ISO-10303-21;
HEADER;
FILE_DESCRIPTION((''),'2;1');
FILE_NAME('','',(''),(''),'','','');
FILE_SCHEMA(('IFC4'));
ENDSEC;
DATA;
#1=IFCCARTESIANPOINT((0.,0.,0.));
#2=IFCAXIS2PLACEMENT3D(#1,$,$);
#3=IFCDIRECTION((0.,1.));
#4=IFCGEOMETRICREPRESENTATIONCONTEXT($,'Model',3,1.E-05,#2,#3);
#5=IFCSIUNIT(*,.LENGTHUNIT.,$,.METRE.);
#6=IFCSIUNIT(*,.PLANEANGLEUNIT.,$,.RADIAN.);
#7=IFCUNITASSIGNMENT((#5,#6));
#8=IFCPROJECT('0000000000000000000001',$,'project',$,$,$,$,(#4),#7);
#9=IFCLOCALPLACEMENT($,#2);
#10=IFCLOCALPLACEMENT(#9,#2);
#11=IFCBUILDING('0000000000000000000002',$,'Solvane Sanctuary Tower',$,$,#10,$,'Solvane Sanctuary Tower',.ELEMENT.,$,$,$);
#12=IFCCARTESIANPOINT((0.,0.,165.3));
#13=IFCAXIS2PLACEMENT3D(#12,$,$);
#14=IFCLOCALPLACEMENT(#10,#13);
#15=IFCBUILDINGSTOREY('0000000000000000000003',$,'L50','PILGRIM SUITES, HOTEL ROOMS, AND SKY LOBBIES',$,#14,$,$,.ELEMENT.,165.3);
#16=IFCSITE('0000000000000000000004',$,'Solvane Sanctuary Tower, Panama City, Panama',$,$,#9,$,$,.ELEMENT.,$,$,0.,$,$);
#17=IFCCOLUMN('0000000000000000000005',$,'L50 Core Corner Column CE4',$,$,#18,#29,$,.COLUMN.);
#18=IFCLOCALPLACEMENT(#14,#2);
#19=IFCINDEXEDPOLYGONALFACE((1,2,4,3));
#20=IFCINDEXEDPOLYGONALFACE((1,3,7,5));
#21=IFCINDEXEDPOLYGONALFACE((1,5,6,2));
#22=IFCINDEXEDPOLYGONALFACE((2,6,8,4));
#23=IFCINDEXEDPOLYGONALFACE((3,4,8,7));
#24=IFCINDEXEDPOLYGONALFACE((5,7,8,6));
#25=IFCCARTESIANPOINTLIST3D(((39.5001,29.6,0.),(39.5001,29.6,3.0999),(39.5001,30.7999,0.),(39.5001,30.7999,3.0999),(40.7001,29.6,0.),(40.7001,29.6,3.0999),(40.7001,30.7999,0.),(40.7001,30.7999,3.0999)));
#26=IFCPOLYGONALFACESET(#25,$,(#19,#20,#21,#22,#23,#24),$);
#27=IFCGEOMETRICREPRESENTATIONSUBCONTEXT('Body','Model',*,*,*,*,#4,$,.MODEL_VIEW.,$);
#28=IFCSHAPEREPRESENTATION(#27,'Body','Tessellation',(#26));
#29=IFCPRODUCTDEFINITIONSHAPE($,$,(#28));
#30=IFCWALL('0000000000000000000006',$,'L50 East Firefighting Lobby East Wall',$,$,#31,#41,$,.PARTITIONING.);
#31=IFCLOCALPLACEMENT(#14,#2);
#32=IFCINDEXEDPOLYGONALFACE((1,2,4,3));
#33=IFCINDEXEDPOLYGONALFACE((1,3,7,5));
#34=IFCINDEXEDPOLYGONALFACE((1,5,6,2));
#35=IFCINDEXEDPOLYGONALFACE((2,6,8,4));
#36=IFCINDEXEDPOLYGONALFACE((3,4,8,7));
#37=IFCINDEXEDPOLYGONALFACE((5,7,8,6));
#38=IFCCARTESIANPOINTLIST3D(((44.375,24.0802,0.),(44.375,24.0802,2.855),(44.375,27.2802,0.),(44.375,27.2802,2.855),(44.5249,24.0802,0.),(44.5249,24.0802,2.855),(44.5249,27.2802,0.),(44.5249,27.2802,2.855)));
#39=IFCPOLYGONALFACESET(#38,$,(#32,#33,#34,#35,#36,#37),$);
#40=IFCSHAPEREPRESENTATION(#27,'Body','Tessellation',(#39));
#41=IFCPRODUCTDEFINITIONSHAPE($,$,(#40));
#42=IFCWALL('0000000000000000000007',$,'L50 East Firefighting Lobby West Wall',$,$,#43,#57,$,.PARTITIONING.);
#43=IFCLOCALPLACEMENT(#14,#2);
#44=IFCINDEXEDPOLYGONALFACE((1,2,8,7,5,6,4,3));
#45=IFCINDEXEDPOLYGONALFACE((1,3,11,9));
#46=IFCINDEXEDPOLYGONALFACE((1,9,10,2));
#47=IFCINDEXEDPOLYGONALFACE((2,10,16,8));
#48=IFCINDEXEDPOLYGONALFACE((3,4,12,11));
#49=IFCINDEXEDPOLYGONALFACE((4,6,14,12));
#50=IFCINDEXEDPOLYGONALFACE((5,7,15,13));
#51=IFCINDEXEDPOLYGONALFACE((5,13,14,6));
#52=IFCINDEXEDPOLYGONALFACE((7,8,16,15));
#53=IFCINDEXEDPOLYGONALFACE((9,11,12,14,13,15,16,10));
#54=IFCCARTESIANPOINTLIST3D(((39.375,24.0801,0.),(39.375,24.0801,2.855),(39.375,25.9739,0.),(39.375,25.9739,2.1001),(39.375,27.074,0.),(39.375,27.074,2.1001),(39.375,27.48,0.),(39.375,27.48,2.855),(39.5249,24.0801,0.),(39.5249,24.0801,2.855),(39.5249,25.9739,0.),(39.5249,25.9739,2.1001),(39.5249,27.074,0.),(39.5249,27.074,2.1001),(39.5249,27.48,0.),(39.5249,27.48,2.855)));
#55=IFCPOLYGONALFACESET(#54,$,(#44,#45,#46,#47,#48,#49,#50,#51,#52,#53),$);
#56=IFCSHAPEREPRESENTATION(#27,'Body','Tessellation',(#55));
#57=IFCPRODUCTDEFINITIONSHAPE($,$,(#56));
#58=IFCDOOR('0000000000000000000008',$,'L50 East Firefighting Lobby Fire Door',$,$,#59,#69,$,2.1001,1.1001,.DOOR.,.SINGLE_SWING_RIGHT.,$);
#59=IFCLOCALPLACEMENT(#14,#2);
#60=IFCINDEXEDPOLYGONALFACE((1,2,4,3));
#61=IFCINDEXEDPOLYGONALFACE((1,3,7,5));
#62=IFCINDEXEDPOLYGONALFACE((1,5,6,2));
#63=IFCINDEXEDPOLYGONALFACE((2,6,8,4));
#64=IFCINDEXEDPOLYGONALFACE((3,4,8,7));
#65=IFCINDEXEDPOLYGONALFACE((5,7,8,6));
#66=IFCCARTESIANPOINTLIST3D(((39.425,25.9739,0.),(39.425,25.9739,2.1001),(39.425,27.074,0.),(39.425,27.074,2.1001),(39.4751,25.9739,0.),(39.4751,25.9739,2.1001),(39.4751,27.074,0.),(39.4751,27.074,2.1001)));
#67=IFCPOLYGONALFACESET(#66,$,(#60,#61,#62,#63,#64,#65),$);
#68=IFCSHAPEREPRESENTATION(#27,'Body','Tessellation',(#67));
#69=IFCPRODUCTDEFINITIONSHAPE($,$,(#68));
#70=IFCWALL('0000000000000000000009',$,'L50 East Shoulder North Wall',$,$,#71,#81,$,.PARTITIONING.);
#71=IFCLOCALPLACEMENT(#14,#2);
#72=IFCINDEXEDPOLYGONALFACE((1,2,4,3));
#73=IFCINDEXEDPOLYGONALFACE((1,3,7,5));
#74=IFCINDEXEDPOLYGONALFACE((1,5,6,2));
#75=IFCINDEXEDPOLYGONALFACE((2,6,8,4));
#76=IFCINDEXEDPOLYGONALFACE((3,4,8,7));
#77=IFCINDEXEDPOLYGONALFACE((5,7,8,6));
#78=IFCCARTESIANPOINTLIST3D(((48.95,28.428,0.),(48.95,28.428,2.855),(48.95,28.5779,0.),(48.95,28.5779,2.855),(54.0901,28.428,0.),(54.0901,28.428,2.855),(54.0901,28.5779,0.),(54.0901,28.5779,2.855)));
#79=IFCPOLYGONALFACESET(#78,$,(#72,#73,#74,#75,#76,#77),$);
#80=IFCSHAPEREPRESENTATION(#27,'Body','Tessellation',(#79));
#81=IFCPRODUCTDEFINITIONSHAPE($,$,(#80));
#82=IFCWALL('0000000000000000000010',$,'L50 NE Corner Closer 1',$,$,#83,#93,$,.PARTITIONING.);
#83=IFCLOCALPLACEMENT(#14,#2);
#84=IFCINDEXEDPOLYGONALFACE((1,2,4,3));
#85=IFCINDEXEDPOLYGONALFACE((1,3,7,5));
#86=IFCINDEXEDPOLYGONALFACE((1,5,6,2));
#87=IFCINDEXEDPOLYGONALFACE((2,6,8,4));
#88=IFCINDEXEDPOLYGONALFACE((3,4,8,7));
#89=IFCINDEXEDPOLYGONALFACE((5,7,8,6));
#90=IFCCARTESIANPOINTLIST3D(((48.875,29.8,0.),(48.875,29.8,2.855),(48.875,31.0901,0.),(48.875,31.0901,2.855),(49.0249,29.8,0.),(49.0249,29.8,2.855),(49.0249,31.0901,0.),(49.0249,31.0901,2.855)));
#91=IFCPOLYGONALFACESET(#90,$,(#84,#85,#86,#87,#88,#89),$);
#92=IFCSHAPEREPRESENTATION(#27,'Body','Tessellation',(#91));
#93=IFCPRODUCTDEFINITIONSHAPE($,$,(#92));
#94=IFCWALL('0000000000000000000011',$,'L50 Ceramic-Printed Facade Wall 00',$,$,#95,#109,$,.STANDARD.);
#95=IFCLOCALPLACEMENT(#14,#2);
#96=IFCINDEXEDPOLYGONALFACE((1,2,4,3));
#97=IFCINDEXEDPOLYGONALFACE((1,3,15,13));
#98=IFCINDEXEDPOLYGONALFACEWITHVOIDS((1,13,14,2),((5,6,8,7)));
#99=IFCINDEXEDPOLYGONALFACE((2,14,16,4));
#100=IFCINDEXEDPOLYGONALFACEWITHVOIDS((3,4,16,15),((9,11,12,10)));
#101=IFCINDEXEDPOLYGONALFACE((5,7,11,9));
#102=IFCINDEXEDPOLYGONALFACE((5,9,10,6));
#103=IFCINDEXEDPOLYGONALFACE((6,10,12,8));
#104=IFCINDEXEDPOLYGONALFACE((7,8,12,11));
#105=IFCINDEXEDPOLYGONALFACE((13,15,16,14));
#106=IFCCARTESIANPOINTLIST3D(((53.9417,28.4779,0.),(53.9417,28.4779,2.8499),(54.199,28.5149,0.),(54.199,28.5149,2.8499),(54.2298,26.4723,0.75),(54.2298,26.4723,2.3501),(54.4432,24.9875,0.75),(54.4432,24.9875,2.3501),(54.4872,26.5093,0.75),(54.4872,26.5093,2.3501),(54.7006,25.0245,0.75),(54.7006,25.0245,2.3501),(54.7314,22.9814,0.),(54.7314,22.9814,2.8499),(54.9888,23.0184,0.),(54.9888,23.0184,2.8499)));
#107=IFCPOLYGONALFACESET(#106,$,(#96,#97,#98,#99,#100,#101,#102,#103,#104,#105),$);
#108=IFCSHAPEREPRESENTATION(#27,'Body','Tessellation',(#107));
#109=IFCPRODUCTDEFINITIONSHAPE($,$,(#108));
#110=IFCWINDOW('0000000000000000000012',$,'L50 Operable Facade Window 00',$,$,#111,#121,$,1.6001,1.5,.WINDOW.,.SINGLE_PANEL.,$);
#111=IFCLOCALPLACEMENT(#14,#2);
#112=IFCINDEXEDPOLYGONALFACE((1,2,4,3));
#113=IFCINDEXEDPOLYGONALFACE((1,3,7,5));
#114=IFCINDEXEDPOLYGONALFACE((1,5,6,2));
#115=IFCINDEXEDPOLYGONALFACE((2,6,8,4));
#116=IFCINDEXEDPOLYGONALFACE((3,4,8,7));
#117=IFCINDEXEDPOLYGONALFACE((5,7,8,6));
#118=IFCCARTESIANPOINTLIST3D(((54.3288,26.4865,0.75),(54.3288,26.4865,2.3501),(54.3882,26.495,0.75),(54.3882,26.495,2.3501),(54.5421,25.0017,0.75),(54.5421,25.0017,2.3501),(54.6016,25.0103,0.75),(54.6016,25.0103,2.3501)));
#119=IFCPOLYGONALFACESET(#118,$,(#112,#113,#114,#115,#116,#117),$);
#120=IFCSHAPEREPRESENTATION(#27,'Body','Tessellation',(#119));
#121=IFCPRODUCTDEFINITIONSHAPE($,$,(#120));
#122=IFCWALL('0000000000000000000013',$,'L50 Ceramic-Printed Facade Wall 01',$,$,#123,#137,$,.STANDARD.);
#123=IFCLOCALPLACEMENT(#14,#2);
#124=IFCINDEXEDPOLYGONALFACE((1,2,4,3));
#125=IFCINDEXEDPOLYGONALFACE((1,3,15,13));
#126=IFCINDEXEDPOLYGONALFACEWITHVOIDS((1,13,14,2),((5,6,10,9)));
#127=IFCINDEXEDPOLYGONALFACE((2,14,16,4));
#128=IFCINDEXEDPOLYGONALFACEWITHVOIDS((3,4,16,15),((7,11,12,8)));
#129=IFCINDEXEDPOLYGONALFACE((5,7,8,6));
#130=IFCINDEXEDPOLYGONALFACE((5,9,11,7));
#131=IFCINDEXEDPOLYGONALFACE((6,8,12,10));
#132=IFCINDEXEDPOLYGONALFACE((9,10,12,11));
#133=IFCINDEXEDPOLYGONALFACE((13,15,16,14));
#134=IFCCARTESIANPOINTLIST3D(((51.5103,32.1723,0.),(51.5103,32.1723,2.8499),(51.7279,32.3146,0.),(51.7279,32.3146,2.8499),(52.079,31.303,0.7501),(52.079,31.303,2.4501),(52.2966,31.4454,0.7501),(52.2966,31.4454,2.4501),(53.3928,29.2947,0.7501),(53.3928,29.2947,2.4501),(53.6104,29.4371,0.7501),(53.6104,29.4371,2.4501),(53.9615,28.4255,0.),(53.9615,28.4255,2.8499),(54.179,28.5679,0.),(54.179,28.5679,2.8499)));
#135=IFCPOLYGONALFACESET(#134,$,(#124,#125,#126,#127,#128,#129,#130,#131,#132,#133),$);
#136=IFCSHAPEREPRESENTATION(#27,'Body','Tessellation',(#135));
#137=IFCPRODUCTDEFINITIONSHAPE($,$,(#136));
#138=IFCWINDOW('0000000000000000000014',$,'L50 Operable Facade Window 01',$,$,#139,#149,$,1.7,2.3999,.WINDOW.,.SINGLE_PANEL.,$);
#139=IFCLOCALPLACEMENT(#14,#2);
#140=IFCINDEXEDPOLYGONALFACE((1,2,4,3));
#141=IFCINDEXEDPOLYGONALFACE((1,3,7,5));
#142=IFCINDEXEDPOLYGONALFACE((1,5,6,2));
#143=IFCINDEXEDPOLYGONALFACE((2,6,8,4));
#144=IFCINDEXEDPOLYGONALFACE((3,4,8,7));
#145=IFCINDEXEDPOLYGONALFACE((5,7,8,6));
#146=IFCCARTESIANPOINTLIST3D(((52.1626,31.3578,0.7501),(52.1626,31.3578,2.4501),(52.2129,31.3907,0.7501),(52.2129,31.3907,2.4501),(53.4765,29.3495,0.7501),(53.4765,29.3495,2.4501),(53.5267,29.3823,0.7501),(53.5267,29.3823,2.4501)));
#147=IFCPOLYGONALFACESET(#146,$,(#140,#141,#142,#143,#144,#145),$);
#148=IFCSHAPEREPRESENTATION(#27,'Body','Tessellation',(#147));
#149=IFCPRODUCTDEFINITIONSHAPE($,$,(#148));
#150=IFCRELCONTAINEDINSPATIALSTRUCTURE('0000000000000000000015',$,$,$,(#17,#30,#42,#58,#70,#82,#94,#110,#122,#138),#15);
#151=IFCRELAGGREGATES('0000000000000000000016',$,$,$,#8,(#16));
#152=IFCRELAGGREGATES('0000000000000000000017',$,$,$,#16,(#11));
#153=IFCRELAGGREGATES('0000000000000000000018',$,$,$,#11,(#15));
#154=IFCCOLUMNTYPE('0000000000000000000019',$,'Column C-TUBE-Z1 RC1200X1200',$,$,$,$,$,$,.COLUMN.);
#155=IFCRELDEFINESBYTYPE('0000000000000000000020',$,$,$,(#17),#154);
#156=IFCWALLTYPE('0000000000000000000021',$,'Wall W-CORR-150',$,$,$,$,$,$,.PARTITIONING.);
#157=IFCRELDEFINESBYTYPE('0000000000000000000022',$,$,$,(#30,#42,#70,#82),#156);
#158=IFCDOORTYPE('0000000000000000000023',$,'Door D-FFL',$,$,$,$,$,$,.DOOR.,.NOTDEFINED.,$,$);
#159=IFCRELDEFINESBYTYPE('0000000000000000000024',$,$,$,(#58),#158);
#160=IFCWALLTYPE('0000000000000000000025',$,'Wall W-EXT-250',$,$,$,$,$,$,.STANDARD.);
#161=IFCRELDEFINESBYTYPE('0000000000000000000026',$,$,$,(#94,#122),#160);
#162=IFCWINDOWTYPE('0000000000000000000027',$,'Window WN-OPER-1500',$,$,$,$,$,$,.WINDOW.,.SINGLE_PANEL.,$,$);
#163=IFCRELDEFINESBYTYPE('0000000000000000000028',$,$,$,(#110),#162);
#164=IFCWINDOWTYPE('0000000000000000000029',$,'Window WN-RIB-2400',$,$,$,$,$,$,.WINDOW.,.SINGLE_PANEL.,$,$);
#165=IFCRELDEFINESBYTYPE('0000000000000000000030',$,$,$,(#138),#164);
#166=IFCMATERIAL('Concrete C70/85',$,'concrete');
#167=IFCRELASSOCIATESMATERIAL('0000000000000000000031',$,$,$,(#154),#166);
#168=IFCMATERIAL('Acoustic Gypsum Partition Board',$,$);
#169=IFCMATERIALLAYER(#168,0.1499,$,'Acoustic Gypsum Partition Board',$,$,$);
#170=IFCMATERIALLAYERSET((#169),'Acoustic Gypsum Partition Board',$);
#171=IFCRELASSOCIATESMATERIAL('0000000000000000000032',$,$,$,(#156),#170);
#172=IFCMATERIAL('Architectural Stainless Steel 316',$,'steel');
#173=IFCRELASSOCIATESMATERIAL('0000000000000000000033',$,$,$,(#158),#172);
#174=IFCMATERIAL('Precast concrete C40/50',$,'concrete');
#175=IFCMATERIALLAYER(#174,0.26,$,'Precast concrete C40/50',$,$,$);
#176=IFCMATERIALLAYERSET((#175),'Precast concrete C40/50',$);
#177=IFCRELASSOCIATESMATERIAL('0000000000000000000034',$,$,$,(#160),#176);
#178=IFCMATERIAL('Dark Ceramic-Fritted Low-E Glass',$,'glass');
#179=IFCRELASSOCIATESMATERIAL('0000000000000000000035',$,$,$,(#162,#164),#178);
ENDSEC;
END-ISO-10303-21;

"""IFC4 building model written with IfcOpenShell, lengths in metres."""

from ifc_helpers import new_model, si_unit, direction, frame, frame_2d, origin, origin_2d, place, context, subcontext, project, spatial, rectangle, extrude, material, layer, layer_set, material_profile, profile_set, type_object, element, fill, save


model = new_model("IFC4")

# Units and contexts
model_context = context("Model", 3, precision=1e-05, world=origin(), true_north=direction((0.0, 1.0)))
body_context = subcontext(model_context, "Body", "Model", "MODEL_VIEW")
ifc_project = project(units=[si_unit("LENGTHUNIT", "METRE"), si_unit("PLANEANGLEUNIT", "RADIAN")], contexts=[model_context])

# Site, building, storey
site_placement = place(None, origin())
site = spatial("IfcSite", under=ifc_project, at=site_placement, Name="Solvane Sanctuary Tower, Panama City, Panama", CompositionType="ELEMENT", RefElevation=0.0)
building_placement = place(site_placement, origin())
building = spatial("IfcBuilding", under=site, at=building_placement, Name="Solvane Sanctuary Tower", LongName="Solvane Sanctuary Tower", CompositionType="ELEMENT")
storey_placement = place(building_placement, frame((0.0, 0.0, 165.3)))
storey = spatial("IfcBuildingStorey", under=building, at=storey_placement, Name="L50", Description="PILGRIM SUITES, HOTEL ROOMS, AND SKY LOBBIES", CompositionType="ELEMENT", Elevation=165.3)

# Column
ifc_material_1 = material(Name="Concrete C70/85", Category="concrete")
ifc_material_profile = material_profile(ifc_material_1, rectangle(XDim=1.2, YDim=1.2, at=origin_2d()), Name="RC1200X1200")
ifc_profile_set = profile_set([ifc_material_profile], Name="Concrete C70/85")
column_type = type_object("IfcColumnType", Name="Column C-TUBE-Z1 RC1200X1200", PredefinedType="COLUMN", material=ifc_profile_set)
column_placement = place(storey_placement, frame((40.1001, 30.2, 0.0), z_axis=(0.0, 0.0, 1.0), x_axis=(1.0, 0.0, 0.0)))
element("IfcColumn", 1, at=column_placement, inside=storey, type_object=column_type, Name="L50 Core Corner Column CE4", PredefinedType="COLUMN", context=body_context, shape_type="SweptSolid", body=[
    extrude(rectangle(XDim=1.2, YDim=1.2, at=origin_2d()), origin(), (0.0, 0.0, 1.0), 3.0999),
])

# Wall
ifc_material_2 = material(Name="Acoustic Gypsum Partition Board")
ifc_layer_1 = layer(ifc_material_2, 0.1499, Name="Acoustic Gypsum Partition Board")
ifc_layer_set_1 = layer_set([ifc_layer_1], Name="Acoustic Gypsum Partition Board")
wall_type_1 = type_object("IfcWallType", Name="Wall W-CORR-150", PredefinedType="PARTITIONING", material=ifc_layer_set_1)
wall_1_placement = place(storey_placement, frame((44.45, 24.0801, 0.0), z_axis=(0.0, 0.0, 1.0), x_axis=(0.0, 1.0, 0.0)))
element("IfcWall", 2, at=wall_1_placement, inside=storey, type_object=wall_type_1, Name="L50 East Firefighting Lobby East Wall", PredefinedType="PARTITIONING", context=body_context, shape_type="SweptSolid", body=[
    extrude(rectangle(XDim=3.2, YDim=0.1499, at=frame_2d((1.6001, 0.0))), origin(), (0.0, 0.0, 1.0), 2.855),
])

# Wall, opening, door
wall_2_placement = place(storey_placement, frame((39.45, 24.0801, 0.0), z_axis=(0.0, 0.0, 1.0), x_axis=(0.0, 1.0, 0.0)))
wall_2 = element("IfcWall", 3, at=wall_2_placement, inside=storey, type_object=wall_type_1, Name="L50 East Firefighting Lobby West Wall", PredefinedType="PARTITIONING", context=body_context, shape_type="SweptSolid", body=[
    extrude(rectangle(XDim=3.3999, YDim=0.1499, at=frame_2d((1.7, 0.0))), origin(), (0.0, 0.0, 1.0), 2.855),
])
opening_1_placement = place(wall_2_placement, frame((1.8938, 0.0, 0.0)))
opening_1 = element("IfcOpeningElement", 4, at=opening_1_placement, cuts=wall_2, PredefinedType="OPENING", context=body_context, shape_type="SweptSolid", body=[
    extrude(rectangle(XDim=1.1001, YDim=2.1001, at=frame_2d((0.55, 1.05))), frame((0.0, 0.085, 0.0), z_axis=(0.0, -1.0, 0.0), x_axis=(1.0, 0.0, 0.0)), (0.0, 0.0, 1.0), 0.1699),
])
ifc_material_3 = material(Name="Architectural Stainless Steel 316", Category="steel")
door_type_1 = type_object("IfcDoorType", Name="Door D-FFL", OperationType="NOTDEFINED", PredefinedType="DOOR", material=ifc_material_3)
door_1_placement = place(opening_1_placement, origin())
door_1 = element("IfcDoor", 5, at=door_1_placement, inside=storey, type_object=door_type_1, Name="L50 East Firefighting Lobby Fire Door", OperationType="SINGLE_SWING_RIGHT", OverallHeight=2.1001, OverallWidth=1.1001, PredefinedType="DOOR", context=body_context, shape_type="SweptSolid", body=[
    extrude(rectangle(XDim=1.1001, YDim=2.1001, at=frame_2d((0.55, 1.05))), frame((0.0, 0.0249, 0.0), z_axis=(0.0, -1.0, 0.0), x_axis=(1.0, 0.0, 0.0)), (0.0, 0.0, 1.0), 0.05),
])
fill(opening_1, door_1)

# Walls
wall_3_placement = place(storey_placement, frame((48.95, 28.5029, 0.0), z_axis=(0.0, 0.0, 1.0), x_axis=(1.0, 0.0, 0.0)))
element("IfcWall", 6, at=wall_3_placement, inside=storey, type_object=wall_type_1, Name="L50 East Shoulder North Wall", PredefinedType="PARTITIONING", context=body_context, shape_type="SweptSolid", body=[
    extrude(rectangle(XDim=5.1401, YDim=0.1499, at=frame_2d((2.5701, 0.0))), origin(), (0.0, 0.0, 1.0), 2.855),
])
wall_4_placement = place(storey_placement, frame((48.95, 29.8, 0.0), z_axis=(0.0, 0.0, 1.0), x_axis=(0.0, 1.0, 0.0)))
element("IfcWall", 7, at=wall_4_placement, inside=storey, type_object=wall_type_1, Name="L50 NE Corner Closer 1", PredefinedType="PARTITIONING", context=body_context, shape_type="SweptSolid", body=[
    extrude(rectangle(XDim=1.29, YDim=0.1499, at=frame_2d((0.645, 0.0))), origin(), (0.0, 0.0, 1.0), 2.855),
])

# Walls, openings, windows
ifc_material_4 = material(Name="Precast concrete C40/50", Category="concrete")
ifc_layer_2 = layer(ifc_material_4, 0.26, Name="Precast concrete C40/50")
ifc_layer_set_2 = layer_set([ifc_layer_2], Name="Precast concrete C40/50")
wall_type_2 = type_object("IfcWallType", Name="Wall W-EXT-250", PredefinedType="STANDARD", material=ifc_layer_set_2)
wall_5_placement = place(storey_placement, frame((54.8601, 23.0, 0.0), z_axis=(0.0, 0.0, 1.0), x_axis=(-0.142228, 0.989834, 0.0)))
wall_5 = element("IfcWall", 8, at=wall_5_placement, inside=storey, type_object=wall_type_2, Name="L50 Ceramic-Printed Facade Wall 00", PredefinedType="STANDARD", context=body_context, shape_type="SweptSolid", body=[
    extrude(rectangle(XDim=5.553, YDim=0.26, at=frame_2d((2.7764, 0.0))), origin(), (0.0, 0.0, 1.0), 2.8499),
])
opening_2_placement = place(wall_5_placement, frame((2.0266, 0.0, 0.75)))
opening_2 = element("IfcOpeningElement", 9, at=opening_2_placement, cuts=wall_5, PredefinedType="OPENING", context=body_context, shape_type="SweptSolid", body=[
    extrude(rectangle(XDim=1.5, YDim=1.6001, at=frame_2d((0.75, 0.8))), frame((0.0, 0.1399, 0.0), z_axis=(0.0, -1.0, 0.0), x_axis=(1.0, 0.0, 0.0)), (0.0, 0.0, 1.0), 0.28),
])
ifc_material_5 = material(Name="Dark Ceramic-Fritted Low-E Glass", Category="glass")
window_type_1 = type_object("IfcWindowType", Name="Window WN-OPER-1500", PartitioningType="SINGLE_PANEL", PredefinedType="WINDOW", material=ifc_material_5)
window_1_placement = place(opening_2_placement, origin())
window_1 = element("IfcWindow", 10, at=window_1_placement, inside=storey, type_object=window_type_1, Name="L50 Operable Facade Window 00", OverallHeight=1.6001, OverallWidth=1.5, PartitioningType="SINGLE_PANEL", PredefinedType="WINDOW", context=body_context, shape_type="SweptSolid", body=[
    extrude(rectangle(XDim=1.5, YDim=1.6001, at=frame_2d((0.75, 0.8))), frame((0.0, 0.03, 0.0), z_axis=(0.0, -1.0, 0.0), x_axis=(1.0, 0.0, 0.0)), (0.0, 0.0, 1.0), 0.0601),
])
fill(opening_2, window_1)
wall_6_placement = place(storey_placement, frame((54.0703, 28.4966, 0.0), z_axis=(0.0, 0.0, 1.0), x_axis=(-0.547456, 0.836834, 0.0)))
wall_6 = element("IfcWall", 11, at=wall_6_placement, inside=storey, type_object=wall_type_2, Name="L50 Ceramic-Printed Facade Wall 01", PredefinedType="STANDARD", context=body_context, shape_type="SweptSolid", body=[
    extrude(rectangle(XDim=4.4773, YDim=0.26, at=frame_2d((2.2388, 0.0))), origin(), (0.0, 0.0, 1.0), 2.8499),
])
opening_3_placement = place(wall_6_placement, frame((1.0388, 0.0, 0.75)))
opening_3 = element("IfcOpeningElement", 12, at=opening_3_placement, cuts=wall_6, PredefinedType="OPENING", context=body_context, shape_type="SweptSolid", body=[
    extrude(rectangle(XDim=2.3999, YDim=1.7, at=frame_2d((1.2, 0.8501))), frame((0.0, 0.1399, 0.0), z_axis=(0.0, -1.0, 0.0), x_axis=(1.0, 0.0, 0.0)), (0.0, 0.0, 1.0), 0.28),
])
window_type_2 = type_object("IfcWindowType", Name="Window WN-RIB-2400", PartitioningType="SINGLE_PANEL", PredefinedType="WINDOW", material=ifc_material_5)
window_2_placement = place(opening_3_placement, origin())
window_2 = element("IfcWindow", 13, at=window_2_placement, inside=storey, type_object=window_type_2, Name="L50 Operable Facade Window 01", OverallHeight=1.7, OverallWidth=2.3999, PartitioningType="SINGLE_PANEL", PredefinedType="WINDOW", context=body_context, shape_type="SweptSolid", body=[
    extrude(rectangle(XDim=2.3999, YDim=1.7, at=frame_2d((1.2, 0.8501))), frame((0.0, 0.03, 0.0), z_axis=(0.0, -1.0, 0.0), x_axis=(1.0, 0.0, 0.0)), (0.0, 0.0, 1.0), 0.0601),
])
fill(opening_3, window_2)

save(model, "model.ifc")
